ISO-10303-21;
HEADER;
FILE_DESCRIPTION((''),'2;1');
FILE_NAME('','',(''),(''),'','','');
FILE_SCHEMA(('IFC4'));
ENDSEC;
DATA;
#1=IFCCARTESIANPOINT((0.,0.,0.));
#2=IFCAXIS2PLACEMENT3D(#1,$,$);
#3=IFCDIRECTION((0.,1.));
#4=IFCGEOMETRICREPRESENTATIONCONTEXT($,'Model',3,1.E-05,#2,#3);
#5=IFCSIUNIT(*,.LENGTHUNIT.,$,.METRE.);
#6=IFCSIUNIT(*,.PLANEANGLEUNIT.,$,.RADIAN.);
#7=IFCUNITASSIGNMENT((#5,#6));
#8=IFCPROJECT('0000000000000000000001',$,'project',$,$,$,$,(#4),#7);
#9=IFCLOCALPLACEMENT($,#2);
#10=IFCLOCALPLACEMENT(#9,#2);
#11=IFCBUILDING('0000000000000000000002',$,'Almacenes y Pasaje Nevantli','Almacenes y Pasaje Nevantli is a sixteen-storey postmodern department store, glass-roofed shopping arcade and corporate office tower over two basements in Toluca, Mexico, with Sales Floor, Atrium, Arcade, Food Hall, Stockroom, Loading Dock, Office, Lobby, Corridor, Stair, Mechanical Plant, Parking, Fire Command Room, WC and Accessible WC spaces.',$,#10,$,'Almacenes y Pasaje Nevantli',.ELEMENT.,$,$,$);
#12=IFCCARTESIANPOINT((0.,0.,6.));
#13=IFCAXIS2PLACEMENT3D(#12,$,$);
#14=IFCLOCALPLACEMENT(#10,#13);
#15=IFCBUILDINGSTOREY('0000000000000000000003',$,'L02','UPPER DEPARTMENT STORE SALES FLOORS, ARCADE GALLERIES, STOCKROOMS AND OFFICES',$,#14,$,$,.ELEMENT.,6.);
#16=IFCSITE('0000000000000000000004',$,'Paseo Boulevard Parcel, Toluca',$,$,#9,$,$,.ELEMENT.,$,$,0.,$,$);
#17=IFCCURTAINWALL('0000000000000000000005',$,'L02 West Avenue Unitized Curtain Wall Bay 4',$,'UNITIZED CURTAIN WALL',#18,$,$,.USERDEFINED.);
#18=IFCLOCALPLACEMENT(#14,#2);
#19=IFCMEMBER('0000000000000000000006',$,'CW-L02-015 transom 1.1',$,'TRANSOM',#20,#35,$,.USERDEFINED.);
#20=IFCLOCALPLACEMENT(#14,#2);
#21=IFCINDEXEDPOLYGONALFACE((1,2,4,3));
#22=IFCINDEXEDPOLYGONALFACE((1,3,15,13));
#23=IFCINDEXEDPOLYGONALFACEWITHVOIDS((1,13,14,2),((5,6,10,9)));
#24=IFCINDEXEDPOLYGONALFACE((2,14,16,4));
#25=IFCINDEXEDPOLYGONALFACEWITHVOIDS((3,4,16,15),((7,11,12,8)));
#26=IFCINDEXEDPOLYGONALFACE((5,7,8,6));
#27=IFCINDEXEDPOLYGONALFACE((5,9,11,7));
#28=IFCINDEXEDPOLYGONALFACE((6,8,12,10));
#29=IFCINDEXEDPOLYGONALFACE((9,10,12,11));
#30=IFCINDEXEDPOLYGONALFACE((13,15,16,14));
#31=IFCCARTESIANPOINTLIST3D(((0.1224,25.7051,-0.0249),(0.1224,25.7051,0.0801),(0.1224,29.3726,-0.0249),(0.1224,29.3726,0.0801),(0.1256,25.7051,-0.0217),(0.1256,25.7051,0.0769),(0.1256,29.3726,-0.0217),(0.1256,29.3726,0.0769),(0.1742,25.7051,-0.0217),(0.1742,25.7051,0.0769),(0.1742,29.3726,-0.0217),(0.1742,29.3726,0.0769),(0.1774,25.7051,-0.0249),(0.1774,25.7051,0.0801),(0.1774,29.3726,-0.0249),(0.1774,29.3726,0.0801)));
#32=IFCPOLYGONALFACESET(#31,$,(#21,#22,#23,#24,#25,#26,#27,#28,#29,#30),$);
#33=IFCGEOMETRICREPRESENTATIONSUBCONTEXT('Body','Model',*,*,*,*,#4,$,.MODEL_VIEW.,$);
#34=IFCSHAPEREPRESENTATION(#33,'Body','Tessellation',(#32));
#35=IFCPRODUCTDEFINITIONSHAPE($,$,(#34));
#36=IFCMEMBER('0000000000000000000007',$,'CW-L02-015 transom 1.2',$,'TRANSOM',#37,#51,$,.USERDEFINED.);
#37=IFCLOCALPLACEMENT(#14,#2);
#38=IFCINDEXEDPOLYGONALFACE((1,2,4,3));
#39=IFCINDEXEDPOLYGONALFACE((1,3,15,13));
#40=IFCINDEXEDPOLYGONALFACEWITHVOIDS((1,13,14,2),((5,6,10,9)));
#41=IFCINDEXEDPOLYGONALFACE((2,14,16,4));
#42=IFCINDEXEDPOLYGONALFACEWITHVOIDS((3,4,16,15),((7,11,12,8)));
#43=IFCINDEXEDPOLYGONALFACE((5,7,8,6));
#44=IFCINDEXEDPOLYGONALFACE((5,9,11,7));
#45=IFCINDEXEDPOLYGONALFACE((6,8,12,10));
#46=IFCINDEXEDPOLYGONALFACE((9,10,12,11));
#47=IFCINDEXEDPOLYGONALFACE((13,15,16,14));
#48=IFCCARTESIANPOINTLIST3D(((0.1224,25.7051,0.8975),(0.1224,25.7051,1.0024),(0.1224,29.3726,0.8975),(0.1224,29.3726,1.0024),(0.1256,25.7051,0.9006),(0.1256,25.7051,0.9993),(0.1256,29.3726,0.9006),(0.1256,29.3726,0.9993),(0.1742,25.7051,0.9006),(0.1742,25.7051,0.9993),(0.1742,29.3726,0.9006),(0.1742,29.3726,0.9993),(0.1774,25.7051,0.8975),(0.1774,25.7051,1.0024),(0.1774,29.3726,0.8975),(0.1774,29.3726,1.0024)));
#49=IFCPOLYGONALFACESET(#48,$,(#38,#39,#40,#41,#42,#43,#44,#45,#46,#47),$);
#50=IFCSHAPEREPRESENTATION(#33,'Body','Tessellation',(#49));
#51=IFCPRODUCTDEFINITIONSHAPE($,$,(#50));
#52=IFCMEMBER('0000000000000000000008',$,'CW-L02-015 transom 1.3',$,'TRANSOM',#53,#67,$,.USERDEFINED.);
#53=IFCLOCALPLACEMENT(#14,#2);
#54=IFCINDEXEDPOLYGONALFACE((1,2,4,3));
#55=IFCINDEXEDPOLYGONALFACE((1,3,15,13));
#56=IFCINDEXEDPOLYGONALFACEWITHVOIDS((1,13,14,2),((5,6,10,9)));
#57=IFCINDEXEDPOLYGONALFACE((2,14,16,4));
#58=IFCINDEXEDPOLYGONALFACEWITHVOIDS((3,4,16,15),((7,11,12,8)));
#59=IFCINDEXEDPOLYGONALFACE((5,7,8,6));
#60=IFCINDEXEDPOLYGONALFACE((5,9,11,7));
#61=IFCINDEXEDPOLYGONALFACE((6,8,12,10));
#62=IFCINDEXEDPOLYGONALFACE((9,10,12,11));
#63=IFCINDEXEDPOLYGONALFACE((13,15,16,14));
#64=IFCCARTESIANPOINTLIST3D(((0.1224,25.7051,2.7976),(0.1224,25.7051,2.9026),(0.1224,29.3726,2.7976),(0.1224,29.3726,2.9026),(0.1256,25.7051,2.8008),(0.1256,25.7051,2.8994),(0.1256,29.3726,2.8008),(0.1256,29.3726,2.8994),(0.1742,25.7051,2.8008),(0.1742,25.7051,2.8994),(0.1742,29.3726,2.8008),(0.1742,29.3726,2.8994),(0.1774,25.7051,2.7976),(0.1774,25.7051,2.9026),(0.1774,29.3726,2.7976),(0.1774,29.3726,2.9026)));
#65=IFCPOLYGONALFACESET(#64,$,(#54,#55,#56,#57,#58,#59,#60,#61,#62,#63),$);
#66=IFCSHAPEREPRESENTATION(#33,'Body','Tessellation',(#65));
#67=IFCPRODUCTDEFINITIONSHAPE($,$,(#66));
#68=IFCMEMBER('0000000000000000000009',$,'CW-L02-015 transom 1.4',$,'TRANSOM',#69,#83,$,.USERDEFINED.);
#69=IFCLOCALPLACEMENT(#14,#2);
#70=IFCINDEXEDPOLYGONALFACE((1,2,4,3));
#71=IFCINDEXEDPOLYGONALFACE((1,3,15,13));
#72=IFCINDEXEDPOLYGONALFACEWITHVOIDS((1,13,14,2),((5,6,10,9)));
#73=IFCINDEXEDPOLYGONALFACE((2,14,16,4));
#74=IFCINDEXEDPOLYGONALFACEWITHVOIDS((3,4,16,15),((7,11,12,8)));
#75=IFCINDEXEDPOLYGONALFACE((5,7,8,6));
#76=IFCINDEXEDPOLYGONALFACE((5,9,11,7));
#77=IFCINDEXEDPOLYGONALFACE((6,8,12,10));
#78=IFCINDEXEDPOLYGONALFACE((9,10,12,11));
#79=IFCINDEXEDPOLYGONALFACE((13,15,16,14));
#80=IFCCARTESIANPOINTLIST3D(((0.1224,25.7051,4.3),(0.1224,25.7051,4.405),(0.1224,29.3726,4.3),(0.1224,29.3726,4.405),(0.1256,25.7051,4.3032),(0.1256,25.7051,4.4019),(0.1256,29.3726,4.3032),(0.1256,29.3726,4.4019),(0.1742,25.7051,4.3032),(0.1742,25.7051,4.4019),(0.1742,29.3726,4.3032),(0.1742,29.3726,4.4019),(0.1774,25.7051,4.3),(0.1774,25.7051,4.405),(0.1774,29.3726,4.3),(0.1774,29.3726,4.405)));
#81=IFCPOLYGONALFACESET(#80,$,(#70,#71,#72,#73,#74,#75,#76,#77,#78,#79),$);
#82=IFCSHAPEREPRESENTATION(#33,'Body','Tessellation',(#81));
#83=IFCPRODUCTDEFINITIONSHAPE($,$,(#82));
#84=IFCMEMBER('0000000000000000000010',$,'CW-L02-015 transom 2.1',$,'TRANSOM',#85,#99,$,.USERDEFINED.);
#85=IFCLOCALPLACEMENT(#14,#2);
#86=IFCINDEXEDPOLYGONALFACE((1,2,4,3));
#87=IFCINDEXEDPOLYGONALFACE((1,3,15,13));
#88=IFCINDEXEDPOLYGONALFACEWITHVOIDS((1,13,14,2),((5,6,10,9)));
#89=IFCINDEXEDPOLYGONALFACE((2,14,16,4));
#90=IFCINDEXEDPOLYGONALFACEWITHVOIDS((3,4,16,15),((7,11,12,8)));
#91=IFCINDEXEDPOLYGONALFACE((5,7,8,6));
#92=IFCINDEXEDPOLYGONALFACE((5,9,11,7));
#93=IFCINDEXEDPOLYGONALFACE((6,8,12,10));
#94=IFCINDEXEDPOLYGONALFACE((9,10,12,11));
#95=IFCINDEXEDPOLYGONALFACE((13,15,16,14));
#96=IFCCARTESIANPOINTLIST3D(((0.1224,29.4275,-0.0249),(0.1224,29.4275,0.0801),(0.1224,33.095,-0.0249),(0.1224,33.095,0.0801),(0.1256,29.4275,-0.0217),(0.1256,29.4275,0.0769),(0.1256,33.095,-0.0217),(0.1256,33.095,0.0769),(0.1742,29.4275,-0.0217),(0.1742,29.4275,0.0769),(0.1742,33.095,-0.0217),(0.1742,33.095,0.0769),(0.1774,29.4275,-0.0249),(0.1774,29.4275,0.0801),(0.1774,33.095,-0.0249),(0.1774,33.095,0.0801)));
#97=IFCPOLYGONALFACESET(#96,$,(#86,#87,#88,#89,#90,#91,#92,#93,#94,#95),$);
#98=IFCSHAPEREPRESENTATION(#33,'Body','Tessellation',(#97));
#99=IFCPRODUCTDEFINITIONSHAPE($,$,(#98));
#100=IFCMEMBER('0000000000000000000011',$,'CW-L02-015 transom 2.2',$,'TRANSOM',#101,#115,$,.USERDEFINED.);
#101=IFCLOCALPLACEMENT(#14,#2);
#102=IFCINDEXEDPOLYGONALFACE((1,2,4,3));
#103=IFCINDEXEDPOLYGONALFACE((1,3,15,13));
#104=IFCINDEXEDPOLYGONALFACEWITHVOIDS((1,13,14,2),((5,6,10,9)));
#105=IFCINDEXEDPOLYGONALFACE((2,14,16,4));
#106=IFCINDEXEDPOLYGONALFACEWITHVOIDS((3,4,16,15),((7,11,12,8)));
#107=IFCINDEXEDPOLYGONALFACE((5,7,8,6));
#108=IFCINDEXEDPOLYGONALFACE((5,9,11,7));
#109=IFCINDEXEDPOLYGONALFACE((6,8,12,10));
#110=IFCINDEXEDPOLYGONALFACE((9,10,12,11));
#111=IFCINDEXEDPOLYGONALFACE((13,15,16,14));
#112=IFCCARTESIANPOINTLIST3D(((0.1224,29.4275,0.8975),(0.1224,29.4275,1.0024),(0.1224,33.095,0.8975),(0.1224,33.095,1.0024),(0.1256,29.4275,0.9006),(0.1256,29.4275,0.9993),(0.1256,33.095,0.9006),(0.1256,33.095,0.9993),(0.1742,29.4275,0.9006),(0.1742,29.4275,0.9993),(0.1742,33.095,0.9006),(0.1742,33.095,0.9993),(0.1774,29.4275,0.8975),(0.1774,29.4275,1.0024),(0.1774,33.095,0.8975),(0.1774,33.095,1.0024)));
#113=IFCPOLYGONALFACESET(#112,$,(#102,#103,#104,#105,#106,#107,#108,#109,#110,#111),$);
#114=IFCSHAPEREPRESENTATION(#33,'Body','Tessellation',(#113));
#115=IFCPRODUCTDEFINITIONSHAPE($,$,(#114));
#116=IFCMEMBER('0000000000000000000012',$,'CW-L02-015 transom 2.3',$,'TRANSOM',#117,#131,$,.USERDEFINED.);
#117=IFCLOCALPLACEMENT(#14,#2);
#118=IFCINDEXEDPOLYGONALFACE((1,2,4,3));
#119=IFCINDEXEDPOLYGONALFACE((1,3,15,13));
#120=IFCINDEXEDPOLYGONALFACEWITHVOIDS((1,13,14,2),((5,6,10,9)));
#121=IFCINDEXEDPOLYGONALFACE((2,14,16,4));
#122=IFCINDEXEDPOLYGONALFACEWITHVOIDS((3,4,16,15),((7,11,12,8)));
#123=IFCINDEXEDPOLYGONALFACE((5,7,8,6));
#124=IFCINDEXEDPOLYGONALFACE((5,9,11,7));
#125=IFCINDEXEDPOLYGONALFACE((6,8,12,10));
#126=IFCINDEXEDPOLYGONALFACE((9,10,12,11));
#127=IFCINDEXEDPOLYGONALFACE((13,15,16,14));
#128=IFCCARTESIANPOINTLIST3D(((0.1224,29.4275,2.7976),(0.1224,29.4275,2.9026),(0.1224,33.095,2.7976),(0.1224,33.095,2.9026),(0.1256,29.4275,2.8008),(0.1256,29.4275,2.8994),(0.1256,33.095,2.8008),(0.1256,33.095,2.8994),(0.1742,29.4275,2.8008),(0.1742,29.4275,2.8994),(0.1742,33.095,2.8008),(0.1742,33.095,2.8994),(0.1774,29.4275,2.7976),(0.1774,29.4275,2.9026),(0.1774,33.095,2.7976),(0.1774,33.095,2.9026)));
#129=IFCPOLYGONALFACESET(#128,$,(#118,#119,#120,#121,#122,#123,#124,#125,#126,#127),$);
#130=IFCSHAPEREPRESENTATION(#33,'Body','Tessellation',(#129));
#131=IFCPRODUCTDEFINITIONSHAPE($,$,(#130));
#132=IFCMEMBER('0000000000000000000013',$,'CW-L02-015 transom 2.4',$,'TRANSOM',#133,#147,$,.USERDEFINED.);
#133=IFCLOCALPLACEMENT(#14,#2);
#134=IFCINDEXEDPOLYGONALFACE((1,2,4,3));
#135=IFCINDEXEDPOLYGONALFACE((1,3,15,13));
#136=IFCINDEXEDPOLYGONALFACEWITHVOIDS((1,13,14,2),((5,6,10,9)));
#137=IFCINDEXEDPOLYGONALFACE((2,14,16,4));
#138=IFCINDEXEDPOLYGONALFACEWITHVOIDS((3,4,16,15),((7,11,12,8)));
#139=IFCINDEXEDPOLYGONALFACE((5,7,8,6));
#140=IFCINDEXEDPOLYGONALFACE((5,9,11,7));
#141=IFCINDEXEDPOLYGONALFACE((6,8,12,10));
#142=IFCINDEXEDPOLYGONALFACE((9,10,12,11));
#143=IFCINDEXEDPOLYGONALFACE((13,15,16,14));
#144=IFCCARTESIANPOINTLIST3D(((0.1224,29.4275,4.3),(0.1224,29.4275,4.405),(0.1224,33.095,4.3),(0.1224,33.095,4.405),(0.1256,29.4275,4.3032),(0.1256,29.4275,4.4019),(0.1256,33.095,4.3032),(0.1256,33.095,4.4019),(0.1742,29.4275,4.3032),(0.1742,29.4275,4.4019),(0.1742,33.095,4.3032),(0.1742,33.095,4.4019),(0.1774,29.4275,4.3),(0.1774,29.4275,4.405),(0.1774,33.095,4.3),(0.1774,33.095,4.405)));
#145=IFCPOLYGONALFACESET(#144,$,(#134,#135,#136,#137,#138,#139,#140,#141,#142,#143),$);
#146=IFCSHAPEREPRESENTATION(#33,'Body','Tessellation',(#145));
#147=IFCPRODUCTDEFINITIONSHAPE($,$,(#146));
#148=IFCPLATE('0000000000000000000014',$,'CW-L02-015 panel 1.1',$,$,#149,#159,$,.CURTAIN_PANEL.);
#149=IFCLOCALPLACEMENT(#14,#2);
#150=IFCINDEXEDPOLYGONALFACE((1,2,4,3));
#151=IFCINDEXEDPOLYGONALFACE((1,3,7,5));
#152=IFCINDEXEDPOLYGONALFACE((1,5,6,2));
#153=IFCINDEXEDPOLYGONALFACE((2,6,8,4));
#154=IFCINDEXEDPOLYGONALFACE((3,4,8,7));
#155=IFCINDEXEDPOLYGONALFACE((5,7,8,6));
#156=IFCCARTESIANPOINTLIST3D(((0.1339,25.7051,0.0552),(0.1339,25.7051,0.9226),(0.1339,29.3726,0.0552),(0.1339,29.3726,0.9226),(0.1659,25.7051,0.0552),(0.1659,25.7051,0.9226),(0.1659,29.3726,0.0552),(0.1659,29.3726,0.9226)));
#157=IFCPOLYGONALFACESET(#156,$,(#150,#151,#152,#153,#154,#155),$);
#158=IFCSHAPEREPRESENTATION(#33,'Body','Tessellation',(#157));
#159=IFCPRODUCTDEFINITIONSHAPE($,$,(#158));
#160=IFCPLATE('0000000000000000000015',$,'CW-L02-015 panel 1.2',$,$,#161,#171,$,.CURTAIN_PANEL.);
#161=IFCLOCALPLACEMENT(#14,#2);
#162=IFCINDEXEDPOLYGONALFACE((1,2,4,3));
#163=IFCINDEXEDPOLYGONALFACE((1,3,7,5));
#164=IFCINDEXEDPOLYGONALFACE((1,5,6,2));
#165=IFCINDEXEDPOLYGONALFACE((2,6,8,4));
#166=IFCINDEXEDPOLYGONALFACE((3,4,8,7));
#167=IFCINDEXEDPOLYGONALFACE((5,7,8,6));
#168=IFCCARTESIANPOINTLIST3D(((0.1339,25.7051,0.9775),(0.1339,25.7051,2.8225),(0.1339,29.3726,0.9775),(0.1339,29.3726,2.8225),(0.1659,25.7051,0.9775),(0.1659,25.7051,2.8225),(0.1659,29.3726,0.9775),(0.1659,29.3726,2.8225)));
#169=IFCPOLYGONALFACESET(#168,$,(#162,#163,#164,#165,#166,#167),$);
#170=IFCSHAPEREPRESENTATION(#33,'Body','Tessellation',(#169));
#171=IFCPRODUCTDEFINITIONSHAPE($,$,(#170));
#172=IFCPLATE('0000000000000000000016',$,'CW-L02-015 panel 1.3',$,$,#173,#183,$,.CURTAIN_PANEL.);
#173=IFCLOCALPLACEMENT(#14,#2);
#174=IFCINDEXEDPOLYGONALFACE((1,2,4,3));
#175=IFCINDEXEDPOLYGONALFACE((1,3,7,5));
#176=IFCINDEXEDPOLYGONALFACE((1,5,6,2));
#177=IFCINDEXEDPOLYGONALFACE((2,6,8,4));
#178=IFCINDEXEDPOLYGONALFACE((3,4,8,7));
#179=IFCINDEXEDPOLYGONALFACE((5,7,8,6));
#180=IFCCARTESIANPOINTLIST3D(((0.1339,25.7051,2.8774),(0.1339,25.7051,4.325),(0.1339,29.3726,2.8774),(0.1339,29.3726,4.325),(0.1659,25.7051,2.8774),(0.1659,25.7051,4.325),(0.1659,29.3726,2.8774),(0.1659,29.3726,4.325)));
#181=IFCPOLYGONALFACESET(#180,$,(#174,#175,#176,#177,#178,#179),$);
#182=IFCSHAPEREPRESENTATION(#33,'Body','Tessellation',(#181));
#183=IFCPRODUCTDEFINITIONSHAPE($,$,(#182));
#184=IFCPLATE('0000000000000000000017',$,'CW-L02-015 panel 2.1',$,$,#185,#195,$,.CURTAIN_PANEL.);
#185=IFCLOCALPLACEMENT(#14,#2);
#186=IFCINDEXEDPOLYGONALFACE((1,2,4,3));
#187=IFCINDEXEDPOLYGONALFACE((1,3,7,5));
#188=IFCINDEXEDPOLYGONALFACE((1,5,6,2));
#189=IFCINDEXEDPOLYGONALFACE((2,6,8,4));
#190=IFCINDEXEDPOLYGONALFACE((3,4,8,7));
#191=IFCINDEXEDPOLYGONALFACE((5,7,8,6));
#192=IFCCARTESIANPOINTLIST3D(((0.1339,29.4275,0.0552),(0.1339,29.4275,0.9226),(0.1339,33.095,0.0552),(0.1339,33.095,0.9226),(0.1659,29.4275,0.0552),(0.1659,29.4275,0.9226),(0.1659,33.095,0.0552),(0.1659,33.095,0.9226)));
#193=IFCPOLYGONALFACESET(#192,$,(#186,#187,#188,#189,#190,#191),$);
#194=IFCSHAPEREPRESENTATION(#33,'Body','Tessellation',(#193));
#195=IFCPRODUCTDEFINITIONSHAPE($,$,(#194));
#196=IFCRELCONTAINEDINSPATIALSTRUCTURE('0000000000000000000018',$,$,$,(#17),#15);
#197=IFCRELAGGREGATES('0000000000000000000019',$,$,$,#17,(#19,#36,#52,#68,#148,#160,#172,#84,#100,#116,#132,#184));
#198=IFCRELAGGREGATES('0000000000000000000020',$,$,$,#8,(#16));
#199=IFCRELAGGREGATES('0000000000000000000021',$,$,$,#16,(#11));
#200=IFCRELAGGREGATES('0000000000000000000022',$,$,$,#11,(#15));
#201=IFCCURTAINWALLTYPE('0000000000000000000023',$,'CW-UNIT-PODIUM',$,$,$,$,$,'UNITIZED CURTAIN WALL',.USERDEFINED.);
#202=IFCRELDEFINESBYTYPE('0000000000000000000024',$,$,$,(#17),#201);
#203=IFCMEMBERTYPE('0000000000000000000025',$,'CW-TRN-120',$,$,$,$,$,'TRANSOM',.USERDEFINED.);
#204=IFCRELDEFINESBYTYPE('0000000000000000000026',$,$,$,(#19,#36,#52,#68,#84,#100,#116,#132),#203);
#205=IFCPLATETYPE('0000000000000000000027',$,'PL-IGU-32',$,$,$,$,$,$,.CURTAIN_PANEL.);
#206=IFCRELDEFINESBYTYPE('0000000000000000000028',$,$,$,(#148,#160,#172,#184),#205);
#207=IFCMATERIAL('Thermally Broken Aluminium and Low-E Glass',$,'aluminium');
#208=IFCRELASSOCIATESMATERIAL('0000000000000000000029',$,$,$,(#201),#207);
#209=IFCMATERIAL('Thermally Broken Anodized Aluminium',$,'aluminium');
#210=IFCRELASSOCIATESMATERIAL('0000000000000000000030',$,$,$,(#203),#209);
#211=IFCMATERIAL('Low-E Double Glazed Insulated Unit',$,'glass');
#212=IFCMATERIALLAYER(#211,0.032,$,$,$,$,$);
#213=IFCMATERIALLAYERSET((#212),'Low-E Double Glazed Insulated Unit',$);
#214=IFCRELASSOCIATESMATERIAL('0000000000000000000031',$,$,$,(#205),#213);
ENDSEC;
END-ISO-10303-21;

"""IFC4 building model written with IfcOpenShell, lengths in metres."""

from ifc_helpers import new_model, si_unit, direction, frame, origin, origin_2d, place, context, subcontext, project, spatial, rectangle, hollow_rectangle, extrude, material, layer, layer_set, material_profile, profile_set, type_object, element, aggregate, save


model = new_model("IFC4")

# Units and contexts
model_context = context("Model", 3, precision=1e-05, world=origin(), true_north=direction((0.0, 1.0)))
body_context = subcontext(model_context, "Body", "Model", "MODEL_VIEW")
ifc_project = project(units=[si_unit("LENGTHUNIT", "METRE"), si_unit("PLANEANGLEUNIT", "RADIAN")], contexts=[model_context])

# Site, building, storey
site_placement = place(None, origin())
site = spatial("IfcSite", under=ifc_project, at=site_placement, Name="Paseo Boulevard Parcel, Toluca", CompositionType="ELEMENT", RefElevation=0.0)
building_placement = place(site_placement, origin())
building = spatial("IfcBuilding", under=site, at=building_placement, Name="Almacenes y Pasaje Nevantli", Description="Almacenes y Pasaje Nevantli is a sixteen-storey postmodern department store, glass-roofed shopping arcade and corporate office tower over two basements in Toluca, Mexico, with Sales Floor, Atrium, Arcade, Food Hall, Stockroom, Loading Dock, Office, Lobby, Corridor, Stair, Mechanical Plant, Parking, Fire Command Room, WC and Accessible WC spaces.", LongName="Almacenes y Pasaje Nevantli", CompositionType="ELEMENT")
storey_placement = place(building_placement, frame((0.0, 0.0, 6.0)))
storey = spatial("IfcBuildingStorey", under=building, at=storey_placement, Name="L02", Description="UPPER DEPARTMENT STORE SALES FLOORS, ARCADE GALLERIES, STOCKROOMS AND OFFICES", CompositionType="ELEMENT", Elevation=6.0)

# Curtain wall, members, plates
ifc_material_1 = material(Name="Thermally Broken Aluminium and Low-E Glass", Category="aluminium")
curtain_wall_type = type_object("IfcCurtainWallType", Name="CW-UNIT-PODIUM", ElementType="UNITIZED CURTAIN WALL", PredefinedType="USERDEFINED", material=ifc_material_1)
curtain_wall_placement = place(storey_placement, origin())
curtain_wall = element("IfcCurtainWall", 1, at=curtain_wall_placement, inside=storey, type_object=curtain_wall_type, Name="L02 West Avenue Unitized Curtain Wall Bay 4", ObjectType="UNITIZED CURTAIN WALL", PredefinedType="USERDEFINED")
ifc_material_2 = material(Name="Thermally Broken Anodized Aluminium", Category="aluminium")
ifc_material_profile_1 = material_profile(ifc_material_2, hollow_rectangle(XDim=0.0549, YDim=0.105, WallThickness=0.0032, at=origin_2d()), Name="ALU-TRN-55x105")
ifc_profile_set_1 = profile_set([ifc_material_profile_1], Name="Thermally Broken Anodized Aluminium")
member_type_1 = type_object("IfcMemberType", Name="CW-TRN-120", ElementType="TRANSOM", PredefinedType="USERDEFINED", material=ifc_profile_set_1)
member_1_placement = place(storey_placement, frame((0.1499, 25.7051, 0.0276), z_axis=(0.0, 1.0, 0.0), x_axis=(-1.0, 0.0, 0.0)))
member_1 = element("IfcMember", 2, at=member_1_placement, type_object=member_type_1, Name="CW-L02-015 transom 1.1", ObjectType="TRANSOM", PredefinedType="USERDEFINED", context=body_context, shape_type="SweptSolid", body=[
    extrude(hollow_rectangle(XDim=0.0549, YDim=0.105, WallThickness=0.0032, at=origin_2d()), origin(), (0.0, 0.0, 1.0), 3.6675),
])
member_2_placement = place(storey_placement, frame((0.1499, 25.7051, 0.95), z_axis=(0.0, 1.0, 0.0), x_axis=(-1.0, 0.0, 0.0)))
member_2 = element("IfcMember", 3, at=member_2_placement, type_object=member_type_1, Name="CW-L02-015 transom 1.2", ObjectType="TRANSOM", PredefinedType="USERDEFINED", context=body_context, shape_type="SweptSolid", body=[
    extrude(hollow_rectangle(XDim=0.0549, YDim=0.105, WallThickness=0.0032, at=origin_2d()), origin(), (0.0, 0.0, 1.0), 3.6675),
])
member_3_placement = place(storey_placement, frame((0.1499, 25.7051, 2.8501), z_axis=(0.0, 1.0, 0.0), x_axis=(-1.0, 0.0, 0.0)))
member_3 = element("IfcMember", 4, at=member_3_placement, type_object=member_type_1, Name="CW-L02-015 transom 1.3", ObjectType="TRANSOM", PredefinedType="USERDEFINED", context=body_context, shape_type="SweptSolid", body=[
    extrude(hollow_rectangle(XDim=0.0549, YDim=0.105, WallThickness=0.0032, at=origin_2d()), origin(), (0.0, 0.0, 1.0), 3.6675),
])
member_4_placement = place(storey_placement, frame((0.1499, 25.7051, 4.3525), z_axis=(0.0, 1.0, 0.0), x_axis=(-1.0, 0.0, 0.0)))
member_4 = element("IfcMember", 5, at=member_4_placement, type_object=member_type_1, Name="CW-L02-015 transom 1.4", ObjectType="TRANSOM", PredefinedType="USERDEFINED", context=body_context, shape_type="SweptSolid", body=[
    extrude(hollow_rectangle(XDim=0.0549, YDim=0.105, WallThickness=0.0032, at=origin_2d()), origin(), (0.0, 0.0, 1.0), 3.6675),
])
member_5_placement = place(storey_placement, frame((0.1499, 29.4275, 0.0276), z_axis=(0.0, 1.0, 0.0), x_axis=(-1.0, 0.0, 0.0)))
member_5 = element("IfcMember", 6, at=member_5_placement, type_object=member_type_1, Name="CW-L02-015 transom 2.1", ObjectType="TRANSOM", PredefinedType="USERDEFINED", context=body_context, shape_type="SweptSolid", body=[
    extrude(hollow_rectangle(XDim=0.0549, YDim=0.105, WallThickness=0.0032, at=origin_2d()), origin(), (0.0, 0.0, 1.0), 3.6675),
])
member_6_placement = place(storey_placement, frame((0.1499, 29.4275, 0.95), z_axis=(0.0, 1.0, 0.0), x_axis=(-1.0, 0.0, 0.0)))
member_6 = element("IfcMember", 7, at=member_6_placement, type_object=member_type_1, Name="CW-L02-015 transom 2.2", ObjectType="TRANSOM", PredefinedType="USERDEFINED", context=body_context, shape_type="SweptSolid", body=[
    extrude(hollow_rectangle(XDim=0.0549, YDim=0.105, WallThickness=0.0032, at=origin_2d()), origin(), (0.0, 0.0, 1.0), 3.6675),
])
member_7_placement = place(storey_placement, frame((0.1499, 29.4275, 2.8501), z_axis=(0.0, 1.0, 0.0), x_axis=(-1.0, 0.0, 0.0)))
member_7 = element("IfcMember", 8, at=member_7_placement, type_object=member_type_1, Name="CW-L02-015 transom 2.3", ObjectType="TRANSOM", PredefinedType="USERDEFINED", context=body_context, shape_type="SweptSolid", body=[
    extrude(hollow_rectangle(XDim=0.0549, YDim=0.105, WallThickness=0.0032, at=origin_2d()), origin(), (0.0, 0.0, 1.0), 3.6675),
])
member_8_placement = place(storey_placement, frame((0.1499, 29.4275, 4.3525), z_axis=(0.0, 1.0, 0.0), x_axis=(-1.0, 0.0, 0.0)))
member_8 = element("IfcMember", 9, at=member_8_placement, type_object=member_type_1, Name="CW-L02-015 transom 2.4", ObjectType="TRANSOM", PredefinedType="USERDEFINED", context=body_context, shape_type="SweptSolid", body=[
    extrude(hollow_rectangle(XDim=0.0549, YDim=0.105, WallThickness=0.0032, at=origin_2d()), origin(), (0.0, 0.0, 1.0), 3.6675),
])
ifc_material_3 = material(Name="Low-E Double Glazed Insulated Unit", Category="glass")
ifc_layer_1 = layer(ifc_material_3, 0.032)
ifc_layer_set_1 = layer_set([ifc_layer_1], Name="Low-E Double Glazed Insulated Unit")
plate_type = type_object("IfcPlateType", Name="PL-IGU-32", PredefinedType="CURTAIN_PANEL", material=ifc_layer_set_1)
plate_1_placement = place(storey_placement, frame((0.1499, 27.5388, 0.0552), z_axis=(0.0, 0.0, 1.0), x_axis=(0.0, 1.0, 0.0)))
plate_1 = element("IfcPlate", 10, at=plate_1_placement, type_object=plate_type, Name="CW-L02-015 panel 1.1", PredefinedType="CURTAIN_PANEL", context=body_context, shape_type="SweptSolid", body=[
    extrude(rectangle(XDim=3.6675, YDim=0.032, at=origin_2d()), origin(), (0.0, 0.0, 1.0), 0.8674),
])
plate_2_placement = place(storey_placement, frame((0.1499, 27.5388, 0.9775), z_axis=(0.0, 0.0, 1.0), x_axis=(0.0, 1.0, 0.0)))
plate_2 = element("IfcPlate", 11, at=plate_2_placement, type_object=plate_type, Name="CW-L02-015 panel 1.2", PredefinedType="CURTAIN_PANEL", context=body_context, shape_type="SweptSolid", body=[
    extrude(rectangle(XDim=3.6675, YDim=0.032, at=origin_2d()), origin(), (0.0, 0.0, 1.0), 1.845),
])
plate_3_placement = place(storey_placement, frame((0.1499, 27.5388, 2.8774), z_axis=(0.0, 0.0, 1.0), x_axis=(0.0, 1.0, 0.0)))
plate_3 = element("IfcPlate", 12, at=plate_3_placement, type_object=plate_type, Name="CW-L02-015 panel 1.3", PredefinedType="CURTAIN_PANEL", context=body_context, shape_type="SweptSolid", body=[
    extrude(rectangle(XDim=3.6675, YDim=0.032, at=origin_2d()), origin(), (0.0, 0.0, 1.0), 1.4475),
])
plate_4_placement = place(storey_placement, frame((0.1499, 31.2612, 0.0552), z_axis=(0.0, 0.0, 1.0), x_axis=(0.0, 1.0, 0.0)))
plate_4 = element("IfcPlate", 13, at=plate_4_placement, type_object=plate_type, Name="CW-L02-015 panel 2.1", PredefinedType="CURTAIN_PANEL", context=body_context, shape_type="SweptSolid", body=[
    extrude(rectangle(XDim=3.6675, YDim=0.032, at=origin_2d()), origin(), (0.0, 0.0, 1.0), 0.8674),
])
aggregate(curtain_wall, [member_1, member_2, member_3, member_4, plate_1, plate_2, plate_3, member_5, member_6, member_7, member_8, plate_4])

save(model, "model.ifc")
